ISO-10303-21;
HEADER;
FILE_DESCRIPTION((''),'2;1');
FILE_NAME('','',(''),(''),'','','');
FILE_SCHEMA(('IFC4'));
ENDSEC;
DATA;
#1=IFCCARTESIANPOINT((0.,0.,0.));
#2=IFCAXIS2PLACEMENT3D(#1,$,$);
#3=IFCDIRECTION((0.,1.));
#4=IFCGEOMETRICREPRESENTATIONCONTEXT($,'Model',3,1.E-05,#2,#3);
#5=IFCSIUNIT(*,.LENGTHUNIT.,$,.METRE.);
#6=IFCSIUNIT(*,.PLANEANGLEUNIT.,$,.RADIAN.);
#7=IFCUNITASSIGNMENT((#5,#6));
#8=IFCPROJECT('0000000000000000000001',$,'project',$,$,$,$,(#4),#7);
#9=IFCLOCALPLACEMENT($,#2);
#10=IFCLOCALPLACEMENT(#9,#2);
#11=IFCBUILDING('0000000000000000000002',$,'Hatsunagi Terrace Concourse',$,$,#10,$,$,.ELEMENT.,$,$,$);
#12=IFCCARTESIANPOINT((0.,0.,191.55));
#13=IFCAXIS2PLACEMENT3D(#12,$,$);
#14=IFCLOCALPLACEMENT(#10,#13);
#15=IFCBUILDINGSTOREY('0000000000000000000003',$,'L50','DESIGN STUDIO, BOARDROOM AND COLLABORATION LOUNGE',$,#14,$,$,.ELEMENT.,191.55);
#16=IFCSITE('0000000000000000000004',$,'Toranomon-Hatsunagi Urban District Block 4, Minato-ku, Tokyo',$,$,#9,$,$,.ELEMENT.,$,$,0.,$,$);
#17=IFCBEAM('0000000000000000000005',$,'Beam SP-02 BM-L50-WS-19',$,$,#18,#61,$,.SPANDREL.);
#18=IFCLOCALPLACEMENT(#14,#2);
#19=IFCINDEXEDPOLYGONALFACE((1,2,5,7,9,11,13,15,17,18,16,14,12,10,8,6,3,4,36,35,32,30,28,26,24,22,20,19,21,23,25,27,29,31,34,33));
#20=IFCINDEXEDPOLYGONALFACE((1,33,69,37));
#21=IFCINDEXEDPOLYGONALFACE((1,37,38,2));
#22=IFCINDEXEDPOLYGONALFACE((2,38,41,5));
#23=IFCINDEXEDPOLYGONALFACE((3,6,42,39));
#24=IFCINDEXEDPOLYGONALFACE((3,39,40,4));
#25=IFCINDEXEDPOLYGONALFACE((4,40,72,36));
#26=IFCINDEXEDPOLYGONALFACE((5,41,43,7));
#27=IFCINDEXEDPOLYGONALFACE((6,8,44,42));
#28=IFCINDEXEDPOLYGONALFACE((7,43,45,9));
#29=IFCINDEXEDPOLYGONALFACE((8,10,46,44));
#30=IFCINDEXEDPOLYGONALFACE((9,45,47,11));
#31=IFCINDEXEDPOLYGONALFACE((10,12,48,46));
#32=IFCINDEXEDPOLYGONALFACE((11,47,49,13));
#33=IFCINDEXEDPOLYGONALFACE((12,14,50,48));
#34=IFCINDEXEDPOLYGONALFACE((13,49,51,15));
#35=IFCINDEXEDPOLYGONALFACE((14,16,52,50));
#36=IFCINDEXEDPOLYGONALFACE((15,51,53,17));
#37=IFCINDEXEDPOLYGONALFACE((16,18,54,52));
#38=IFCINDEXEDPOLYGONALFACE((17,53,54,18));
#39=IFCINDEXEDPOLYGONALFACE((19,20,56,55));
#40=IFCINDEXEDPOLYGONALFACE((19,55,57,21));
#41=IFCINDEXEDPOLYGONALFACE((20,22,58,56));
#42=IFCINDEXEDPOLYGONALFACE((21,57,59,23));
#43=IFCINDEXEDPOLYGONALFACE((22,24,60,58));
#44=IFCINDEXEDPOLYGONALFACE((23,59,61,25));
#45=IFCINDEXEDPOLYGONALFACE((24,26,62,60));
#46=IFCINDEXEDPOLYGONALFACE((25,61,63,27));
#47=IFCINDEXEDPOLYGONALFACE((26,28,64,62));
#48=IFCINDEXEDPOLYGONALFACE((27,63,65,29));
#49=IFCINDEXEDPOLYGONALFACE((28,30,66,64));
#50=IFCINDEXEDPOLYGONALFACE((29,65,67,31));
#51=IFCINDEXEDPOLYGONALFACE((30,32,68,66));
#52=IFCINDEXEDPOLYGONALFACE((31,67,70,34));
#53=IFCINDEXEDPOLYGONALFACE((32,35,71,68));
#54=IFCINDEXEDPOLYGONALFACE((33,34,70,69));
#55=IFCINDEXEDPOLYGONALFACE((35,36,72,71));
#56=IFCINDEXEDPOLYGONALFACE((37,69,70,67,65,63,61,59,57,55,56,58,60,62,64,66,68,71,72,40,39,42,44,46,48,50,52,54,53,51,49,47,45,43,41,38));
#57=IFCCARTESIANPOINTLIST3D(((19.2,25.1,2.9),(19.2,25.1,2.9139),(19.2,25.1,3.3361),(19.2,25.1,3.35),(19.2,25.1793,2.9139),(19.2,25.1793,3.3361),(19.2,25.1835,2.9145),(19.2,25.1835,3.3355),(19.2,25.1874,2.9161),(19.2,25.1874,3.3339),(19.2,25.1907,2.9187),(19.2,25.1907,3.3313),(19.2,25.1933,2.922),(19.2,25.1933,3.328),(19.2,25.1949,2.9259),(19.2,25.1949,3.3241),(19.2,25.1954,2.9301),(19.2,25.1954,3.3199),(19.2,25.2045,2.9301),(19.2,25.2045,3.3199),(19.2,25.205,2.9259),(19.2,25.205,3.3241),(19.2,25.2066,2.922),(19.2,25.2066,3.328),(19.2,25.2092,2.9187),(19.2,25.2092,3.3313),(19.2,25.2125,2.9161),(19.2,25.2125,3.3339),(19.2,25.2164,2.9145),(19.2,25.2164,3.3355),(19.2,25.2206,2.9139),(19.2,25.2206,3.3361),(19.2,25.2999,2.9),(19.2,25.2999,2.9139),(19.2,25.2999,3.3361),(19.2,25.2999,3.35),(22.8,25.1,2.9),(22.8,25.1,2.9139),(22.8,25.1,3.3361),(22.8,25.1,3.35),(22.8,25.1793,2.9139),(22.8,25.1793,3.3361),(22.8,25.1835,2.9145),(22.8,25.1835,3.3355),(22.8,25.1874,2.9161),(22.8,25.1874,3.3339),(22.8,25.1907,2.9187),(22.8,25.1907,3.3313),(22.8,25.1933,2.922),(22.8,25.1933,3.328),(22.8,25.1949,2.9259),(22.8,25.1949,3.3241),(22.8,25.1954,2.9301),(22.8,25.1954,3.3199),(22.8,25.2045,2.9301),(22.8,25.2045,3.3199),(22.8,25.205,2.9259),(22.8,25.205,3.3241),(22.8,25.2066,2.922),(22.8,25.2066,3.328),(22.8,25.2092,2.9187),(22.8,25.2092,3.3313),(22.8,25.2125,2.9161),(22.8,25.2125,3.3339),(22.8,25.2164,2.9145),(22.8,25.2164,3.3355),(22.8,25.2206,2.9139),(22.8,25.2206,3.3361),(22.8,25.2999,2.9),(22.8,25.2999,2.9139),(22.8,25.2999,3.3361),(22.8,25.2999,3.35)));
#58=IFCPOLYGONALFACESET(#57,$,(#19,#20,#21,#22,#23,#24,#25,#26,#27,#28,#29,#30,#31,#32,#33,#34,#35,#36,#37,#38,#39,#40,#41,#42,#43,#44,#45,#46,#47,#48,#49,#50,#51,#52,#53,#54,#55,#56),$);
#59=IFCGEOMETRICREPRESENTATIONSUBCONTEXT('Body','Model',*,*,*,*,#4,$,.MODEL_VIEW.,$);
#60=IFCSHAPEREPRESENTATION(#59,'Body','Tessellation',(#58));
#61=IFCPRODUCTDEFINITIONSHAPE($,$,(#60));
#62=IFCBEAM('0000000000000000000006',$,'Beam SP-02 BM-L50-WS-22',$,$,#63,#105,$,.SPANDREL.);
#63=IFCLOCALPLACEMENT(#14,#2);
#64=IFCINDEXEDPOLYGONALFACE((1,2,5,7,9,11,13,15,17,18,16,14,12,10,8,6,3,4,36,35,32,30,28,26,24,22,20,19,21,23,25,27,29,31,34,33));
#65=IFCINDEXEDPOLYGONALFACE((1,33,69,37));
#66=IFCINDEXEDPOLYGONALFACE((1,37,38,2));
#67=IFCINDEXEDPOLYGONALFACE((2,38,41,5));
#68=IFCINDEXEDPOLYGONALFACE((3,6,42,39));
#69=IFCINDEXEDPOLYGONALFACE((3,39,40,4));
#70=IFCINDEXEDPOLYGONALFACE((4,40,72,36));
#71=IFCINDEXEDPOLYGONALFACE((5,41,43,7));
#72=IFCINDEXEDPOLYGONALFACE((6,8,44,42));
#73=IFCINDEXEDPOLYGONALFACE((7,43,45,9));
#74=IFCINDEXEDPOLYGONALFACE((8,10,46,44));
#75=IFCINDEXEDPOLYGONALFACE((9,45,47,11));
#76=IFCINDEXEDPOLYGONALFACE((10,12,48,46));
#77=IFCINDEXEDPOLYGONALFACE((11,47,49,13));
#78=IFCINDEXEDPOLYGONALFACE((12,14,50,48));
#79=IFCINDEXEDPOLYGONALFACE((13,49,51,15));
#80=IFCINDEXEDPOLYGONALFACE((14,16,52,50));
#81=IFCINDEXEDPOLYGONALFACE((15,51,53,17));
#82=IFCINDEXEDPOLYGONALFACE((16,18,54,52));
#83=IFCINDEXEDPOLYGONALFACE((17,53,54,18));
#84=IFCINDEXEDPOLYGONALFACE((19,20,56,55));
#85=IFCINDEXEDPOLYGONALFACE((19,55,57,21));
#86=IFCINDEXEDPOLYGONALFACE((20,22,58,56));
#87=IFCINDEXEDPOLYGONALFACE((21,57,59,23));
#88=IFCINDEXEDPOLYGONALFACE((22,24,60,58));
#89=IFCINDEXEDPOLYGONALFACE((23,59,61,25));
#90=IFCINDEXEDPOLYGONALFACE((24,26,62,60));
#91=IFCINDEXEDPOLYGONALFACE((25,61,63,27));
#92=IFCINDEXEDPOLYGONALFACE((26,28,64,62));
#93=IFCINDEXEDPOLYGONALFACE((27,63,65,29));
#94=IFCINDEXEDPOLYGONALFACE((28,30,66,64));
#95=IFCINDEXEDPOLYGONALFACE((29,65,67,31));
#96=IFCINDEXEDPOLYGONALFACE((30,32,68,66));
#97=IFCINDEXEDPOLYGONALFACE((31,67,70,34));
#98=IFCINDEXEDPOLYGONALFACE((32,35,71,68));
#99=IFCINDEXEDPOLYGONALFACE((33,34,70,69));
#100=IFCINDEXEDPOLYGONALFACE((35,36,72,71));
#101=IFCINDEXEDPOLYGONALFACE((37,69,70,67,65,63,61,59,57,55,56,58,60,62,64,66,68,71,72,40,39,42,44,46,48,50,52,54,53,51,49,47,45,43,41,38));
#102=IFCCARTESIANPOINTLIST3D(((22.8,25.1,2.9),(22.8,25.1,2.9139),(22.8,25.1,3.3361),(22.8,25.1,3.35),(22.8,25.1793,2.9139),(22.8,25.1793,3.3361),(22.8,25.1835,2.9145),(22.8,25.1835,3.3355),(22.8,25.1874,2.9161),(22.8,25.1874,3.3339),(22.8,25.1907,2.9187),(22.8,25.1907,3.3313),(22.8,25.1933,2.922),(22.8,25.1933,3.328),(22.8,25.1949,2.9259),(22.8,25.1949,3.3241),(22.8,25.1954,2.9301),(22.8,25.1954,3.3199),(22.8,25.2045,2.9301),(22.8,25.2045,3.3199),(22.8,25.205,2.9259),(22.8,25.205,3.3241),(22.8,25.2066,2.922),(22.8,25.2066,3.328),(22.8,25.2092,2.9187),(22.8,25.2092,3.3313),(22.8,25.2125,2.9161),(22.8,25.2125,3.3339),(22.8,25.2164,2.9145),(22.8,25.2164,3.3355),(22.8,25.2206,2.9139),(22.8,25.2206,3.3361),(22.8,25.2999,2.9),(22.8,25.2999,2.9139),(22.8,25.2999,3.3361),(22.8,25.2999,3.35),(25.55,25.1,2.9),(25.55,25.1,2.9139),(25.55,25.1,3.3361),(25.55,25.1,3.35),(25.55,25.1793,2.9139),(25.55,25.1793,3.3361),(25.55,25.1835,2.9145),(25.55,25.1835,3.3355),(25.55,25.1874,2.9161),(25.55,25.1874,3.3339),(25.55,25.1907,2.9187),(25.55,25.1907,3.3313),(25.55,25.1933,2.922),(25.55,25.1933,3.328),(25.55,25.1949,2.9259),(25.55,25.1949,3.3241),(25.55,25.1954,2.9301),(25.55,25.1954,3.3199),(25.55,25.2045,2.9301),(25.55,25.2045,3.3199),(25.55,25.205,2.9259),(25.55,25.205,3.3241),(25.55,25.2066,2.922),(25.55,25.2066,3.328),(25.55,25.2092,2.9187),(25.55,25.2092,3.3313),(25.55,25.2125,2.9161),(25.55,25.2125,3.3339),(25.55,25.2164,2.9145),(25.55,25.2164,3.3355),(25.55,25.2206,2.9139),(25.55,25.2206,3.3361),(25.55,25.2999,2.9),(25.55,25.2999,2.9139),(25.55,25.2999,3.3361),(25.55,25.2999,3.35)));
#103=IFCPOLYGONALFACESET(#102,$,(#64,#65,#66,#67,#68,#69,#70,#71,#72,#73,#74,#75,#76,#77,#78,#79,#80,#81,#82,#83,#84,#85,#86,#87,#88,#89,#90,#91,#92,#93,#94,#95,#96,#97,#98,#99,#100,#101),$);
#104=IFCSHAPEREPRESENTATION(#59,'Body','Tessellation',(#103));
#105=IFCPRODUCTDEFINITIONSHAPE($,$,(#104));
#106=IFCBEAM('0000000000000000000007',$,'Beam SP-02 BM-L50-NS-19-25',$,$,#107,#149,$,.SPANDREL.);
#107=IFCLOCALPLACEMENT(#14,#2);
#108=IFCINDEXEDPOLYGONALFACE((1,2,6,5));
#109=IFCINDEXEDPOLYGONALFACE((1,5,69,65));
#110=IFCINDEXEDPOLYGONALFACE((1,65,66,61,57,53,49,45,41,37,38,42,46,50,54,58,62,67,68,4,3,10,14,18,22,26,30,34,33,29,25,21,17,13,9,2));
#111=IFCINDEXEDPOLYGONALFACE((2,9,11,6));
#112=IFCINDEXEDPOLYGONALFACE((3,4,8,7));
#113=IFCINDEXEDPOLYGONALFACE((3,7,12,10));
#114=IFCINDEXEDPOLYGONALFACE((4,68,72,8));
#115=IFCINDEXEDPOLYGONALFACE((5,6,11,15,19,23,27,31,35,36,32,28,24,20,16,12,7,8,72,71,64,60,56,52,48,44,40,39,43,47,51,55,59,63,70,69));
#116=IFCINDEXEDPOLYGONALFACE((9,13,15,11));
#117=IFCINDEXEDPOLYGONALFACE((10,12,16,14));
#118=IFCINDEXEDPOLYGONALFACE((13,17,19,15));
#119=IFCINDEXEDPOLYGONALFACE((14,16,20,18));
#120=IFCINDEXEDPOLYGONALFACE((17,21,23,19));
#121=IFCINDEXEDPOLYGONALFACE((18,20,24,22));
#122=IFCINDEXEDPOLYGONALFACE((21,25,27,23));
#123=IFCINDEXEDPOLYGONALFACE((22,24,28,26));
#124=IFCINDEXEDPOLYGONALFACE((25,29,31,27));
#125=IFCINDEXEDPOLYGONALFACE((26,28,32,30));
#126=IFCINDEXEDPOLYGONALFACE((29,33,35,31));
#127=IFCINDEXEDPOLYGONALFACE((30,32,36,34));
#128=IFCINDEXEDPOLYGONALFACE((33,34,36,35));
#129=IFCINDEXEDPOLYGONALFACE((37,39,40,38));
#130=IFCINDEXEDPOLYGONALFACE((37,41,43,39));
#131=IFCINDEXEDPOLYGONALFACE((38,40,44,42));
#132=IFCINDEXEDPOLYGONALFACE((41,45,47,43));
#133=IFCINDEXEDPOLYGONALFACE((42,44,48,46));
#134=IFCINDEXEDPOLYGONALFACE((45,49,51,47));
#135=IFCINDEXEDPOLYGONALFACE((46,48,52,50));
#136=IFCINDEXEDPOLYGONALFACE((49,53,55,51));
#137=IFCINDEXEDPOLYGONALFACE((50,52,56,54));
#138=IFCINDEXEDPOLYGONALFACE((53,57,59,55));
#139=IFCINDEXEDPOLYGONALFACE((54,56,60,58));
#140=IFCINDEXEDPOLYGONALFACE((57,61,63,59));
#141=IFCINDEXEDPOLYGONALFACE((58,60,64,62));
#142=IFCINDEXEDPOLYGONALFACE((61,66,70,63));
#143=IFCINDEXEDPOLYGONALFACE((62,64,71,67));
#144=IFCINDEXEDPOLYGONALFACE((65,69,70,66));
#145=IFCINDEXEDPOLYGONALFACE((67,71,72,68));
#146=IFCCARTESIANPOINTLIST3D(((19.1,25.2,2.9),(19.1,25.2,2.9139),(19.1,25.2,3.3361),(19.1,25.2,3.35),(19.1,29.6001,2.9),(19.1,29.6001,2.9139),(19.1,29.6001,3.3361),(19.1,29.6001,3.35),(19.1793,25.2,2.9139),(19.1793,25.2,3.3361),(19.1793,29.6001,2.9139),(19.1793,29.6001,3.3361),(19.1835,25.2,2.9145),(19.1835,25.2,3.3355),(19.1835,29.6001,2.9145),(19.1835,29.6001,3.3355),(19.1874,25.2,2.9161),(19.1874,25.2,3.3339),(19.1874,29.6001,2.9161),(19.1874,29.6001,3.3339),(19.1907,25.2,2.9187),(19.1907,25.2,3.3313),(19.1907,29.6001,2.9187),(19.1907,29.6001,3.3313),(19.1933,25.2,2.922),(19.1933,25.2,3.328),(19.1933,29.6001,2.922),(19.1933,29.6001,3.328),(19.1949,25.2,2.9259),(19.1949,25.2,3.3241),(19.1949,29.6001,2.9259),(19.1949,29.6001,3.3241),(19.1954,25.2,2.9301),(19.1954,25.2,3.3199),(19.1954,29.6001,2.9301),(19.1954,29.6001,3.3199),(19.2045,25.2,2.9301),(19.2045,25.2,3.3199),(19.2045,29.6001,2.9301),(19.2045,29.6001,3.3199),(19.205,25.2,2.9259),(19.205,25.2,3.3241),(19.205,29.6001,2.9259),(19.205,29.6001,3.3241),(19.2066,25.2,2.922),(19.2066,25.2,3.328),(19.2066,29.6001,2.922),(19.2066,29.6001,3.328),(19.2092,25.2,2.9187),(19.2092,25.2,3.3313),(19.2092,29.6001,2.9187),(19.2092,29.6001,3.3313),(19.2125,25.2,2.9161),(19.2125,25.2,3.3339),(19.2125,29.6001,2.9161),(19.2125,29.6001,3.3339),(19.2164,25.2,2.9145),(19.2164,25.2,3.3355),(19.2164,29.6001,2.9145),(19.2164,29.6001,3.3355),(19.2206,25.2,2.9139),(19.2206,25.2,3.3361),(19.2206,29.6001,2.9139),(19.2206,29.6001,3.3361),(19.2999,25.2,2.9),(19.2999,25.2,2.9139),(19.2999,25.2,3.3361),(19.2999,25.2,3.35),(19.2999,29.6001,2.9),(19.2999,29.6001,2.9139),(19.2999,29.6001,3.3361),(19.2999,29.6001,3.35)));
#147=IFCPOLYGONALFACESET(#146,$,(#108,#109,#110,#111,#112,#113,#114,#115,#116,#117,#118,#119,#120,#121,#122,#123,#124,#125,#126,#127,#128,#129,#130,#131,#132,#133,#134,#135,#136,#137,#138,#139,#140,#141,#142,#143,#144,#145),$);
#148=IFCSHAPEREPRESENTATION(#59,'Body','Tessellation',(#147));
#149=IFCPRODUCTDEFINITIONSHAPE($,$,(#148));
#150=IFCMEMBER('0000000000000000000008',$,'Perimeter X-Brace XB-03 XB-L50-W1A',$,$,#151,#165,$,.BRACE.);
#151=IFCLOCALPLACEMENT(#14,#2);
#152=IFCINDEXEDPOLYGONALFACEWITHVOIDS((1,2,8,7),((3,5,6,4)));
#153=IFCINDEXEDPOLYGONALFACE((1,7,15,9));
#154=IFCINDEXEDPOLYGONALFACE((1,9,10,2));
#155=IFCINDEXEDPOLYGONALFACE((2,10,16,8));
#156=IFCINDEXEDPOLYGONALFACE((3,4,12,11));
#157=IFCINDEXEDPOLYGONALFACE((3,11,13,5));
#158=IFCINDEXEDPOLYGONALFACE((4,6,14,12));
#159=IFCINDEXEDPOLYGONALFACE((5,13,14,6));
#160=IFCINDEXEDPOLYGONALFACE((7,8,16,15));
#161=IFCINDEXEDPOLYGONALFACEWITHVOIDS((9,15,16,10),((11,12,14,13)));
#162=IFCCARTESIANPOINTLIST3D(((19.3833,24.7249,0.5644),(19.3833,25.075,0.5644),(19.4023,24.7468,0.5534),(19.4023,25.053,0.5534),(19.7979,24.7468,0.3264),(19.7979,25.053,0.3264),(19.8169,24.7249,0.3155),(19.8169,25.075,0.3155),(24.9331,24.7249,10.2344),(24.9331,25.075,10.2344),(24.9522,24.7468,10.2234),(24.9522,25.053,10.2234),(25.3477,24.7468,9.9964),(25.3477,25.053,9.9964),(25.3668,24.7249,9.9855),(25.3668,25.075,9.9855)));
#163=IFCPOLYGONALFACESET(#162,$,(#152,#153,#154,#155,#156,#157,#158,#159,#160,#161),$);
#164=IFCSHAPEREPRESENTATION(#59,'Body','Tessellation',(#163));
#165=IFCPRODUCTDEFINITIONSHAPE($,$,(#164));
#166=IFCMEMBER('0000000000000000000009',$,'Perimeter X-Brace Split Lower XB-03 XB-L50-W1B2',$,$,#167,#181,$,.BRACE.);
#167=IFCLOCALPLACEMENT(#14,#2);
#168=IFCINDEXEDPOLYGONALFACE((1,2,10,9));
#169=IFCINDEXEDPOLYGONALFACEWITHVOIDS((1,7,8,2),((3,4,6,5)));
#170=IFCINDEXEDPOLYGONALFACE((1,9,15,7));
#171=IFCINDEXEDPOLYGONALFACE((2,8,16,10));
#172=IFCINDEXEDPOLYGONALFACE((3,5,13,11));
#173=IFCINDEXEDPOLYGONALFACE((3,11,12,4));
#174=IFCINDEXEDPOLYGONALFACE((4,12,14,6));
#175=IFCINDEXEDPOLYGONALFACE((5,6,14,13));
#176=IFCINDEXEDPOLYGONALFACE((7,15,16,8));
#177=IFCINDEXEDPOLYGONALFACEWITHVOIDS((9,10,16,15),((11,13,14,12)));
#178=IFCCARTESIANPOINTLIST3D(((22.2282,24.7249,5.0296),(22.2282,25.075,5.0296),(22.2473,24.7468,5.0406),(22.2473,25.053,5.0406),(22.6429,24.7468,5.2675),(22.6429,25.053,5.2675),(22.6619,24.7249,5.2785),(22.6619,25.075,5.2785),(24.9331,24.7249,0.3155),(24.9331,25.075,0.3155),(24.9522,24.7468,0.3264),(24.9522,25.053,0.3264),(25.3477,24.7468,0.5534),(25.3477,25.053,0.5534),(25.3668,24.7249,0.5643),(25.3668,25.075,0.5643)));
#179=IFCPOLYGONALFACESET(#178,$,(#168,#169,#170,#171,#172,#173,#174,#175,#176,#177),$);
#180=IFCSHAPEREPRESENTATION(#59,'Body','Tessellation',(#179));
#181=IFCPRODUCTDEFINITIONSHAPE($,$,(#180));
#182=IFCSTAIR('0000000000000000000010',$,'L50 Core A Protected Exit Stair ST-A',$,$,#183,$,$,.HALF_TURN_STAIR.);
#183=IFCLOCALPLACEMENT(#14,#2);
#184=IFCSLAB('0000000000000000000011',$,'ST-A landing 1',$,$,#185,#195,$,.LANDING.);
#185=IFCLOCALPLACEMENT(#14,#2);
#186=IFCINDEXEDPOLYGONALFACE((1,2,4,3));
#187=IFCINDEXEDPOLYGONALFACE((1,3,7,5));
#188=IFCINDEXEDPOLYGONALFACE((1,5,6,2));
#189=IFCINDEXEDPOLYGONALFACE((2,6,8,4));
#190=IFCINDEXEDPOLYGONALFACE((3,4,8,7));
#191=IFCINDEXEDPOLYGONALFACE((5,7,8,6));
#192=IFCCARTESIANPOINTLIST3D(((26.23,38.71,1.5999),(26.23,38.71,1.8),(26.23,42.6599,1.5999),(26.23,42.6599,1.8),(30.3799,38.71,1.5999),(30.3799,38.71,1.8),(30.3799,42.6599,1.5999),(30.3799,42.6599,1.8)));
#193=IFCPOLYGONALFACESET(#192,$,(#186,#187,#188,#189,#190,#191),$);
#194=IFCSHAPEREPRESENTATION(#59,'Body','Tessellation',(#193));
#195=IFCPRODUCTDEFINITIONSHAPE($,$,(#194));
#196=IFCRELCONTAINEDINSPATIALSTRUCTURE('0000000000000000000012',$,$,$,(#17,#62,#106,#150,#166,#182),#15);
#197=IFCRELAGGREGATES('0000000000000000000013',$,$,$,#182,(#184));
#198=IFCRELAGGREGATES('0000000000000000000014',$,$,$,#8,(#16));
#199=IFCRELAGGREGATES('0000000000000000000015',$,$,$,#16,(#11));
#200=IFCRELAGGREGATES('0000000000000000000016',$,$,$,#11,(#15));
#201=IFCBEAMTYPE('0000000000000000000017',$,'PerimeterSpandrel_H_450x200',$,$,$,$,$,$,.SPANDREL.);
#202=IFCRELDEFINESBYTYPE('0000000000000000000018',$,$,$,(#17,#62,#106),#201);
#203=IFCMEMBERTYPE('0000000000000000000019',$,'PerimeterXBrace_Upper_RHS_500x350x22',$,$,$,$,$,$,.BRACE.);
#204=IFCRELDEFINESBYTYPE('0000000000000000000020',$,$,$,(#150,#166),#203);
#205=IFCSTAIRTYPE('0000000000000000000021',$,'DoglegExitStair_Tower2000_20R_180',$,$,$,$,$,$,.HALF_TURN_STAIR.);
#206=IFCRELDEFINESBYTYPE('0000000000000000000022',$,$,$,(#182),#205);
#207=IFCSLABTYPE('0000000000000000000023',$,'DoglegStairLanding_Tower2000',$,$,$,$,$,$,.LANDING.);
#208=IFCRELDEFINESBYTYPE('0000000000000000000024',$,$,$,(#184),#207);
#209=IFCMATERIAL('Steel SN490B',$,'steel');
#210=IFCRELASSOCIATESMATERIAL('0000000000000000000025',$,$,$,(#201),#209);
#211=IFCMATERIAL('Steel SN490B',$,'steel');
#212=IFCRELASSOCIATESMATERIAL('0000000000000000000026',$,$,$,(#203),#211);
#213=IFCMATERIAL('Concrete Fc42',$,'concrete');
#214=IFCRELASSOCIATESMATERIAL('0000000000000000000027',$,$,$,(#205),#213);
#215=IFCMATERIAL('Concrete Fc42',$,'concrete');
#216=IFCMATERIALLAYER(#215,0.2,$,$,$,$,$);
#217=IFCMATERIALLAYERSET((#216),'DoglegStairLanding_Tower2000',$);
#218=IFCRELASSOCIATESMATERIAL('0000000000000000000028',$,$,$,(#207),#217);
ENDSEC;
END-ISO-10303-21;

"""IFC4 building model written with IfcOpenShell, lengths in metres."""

from ifc_helpers import new_model, si_unit, direction, frame, origin, origin_2d, place, context, subcontext, project, spatial, polyline, hollow_rectangle, i_section, outline, extrude, material, layer, layer_set, material_profile, profile_set, type_object, element, aggregate, save


model = new_model("IFC4")

# Units and contexts
model_context = context("Model", 3, precision=1e-05, world=origin(), true_north=direction((0.0, 1.0)))
body_context = subcontext(model_context, "Body", "Model", "MODEL_VIEW")
ifc_project = project(units=[si_unit("LENGTHUNIT", "METRE"), si_unit("PLANEANGLEUNIT", "RADIAN")], contexts=[model_context])

# Site, building, storey
site_placement = place(None, origin())
site = spatial("IfcSite", under=ifc_project, at=site_placement, Name="Toranomon-Hatsunagi Urban District Block 4, Minato-ku, Tokyo", CompositionType="ELEMENT", RefElevation=0.0)
building_placement = place(site_placement, origin())
building = spatial("IfcBuilding", under=site, at=building_placement, Name="Hatsunagi Terrace Concourse", CompositionType="ELEMENT")
storey_placement = place(building_placement, frame((0.0, 0.0, 191.55)))
storey = spatial("IfcBuildingStorey", under=building, at=storey_placement, Name="L50", Description="DESIGN STUDIO, BOARDROOM AND COLLABORATION LOUNGE", CompositionType="ELEMENT", Elevation=191.55)

# Beams
ifc_material_1 = material(Name="Steel SN490B", Category="steel")
ifc_material_profile_1 = material_profile(ifc_material_1, i_section(OverallWidth=0.2, OverallDepth=0.45, WebThickness=0.009, FlangeThickness=0.0139, FilletRadius=0.0161, at=origin_2d()), Name="H-450x200x9x14")
ifc_profile_set_1 = profile_set([ifc_material_profile_1], Name="Steel SN490B")
beam_type_1 = type_object("IfcBeamType", Name="PerimeterSpandrel_H_450x200", PredefinedType="SPANDREL", material=ifc_profile_set_1)
beam_1_placement = place(storey_placement, frame((19.2, 25.2, 3.125), z_axis=(1.0, 0.0, 0.0), x_axis=(0.0, 1.0, 0.0)))
element("IfcBeam", 1, at=beam_1_placement, inside=storey, type_object=beam_type_1, Name="Beam SP-02 BM-L50-WS-19", PredefinedType="SPANDREL", context=body_context, shape_type="SweptSolid", body=[
    extrude(i_section(OverallWidth=0.2, OverallDepth=0.45, WebThickness=0.009, FlangeThickness=0.0139, FilletRadius=0.0161, at=origin_2d()), origin(), (0.0, 0.0, 1.0), 3.6001),
])
beam_2_placement = place(storey_placement, frame((22.8, 25.2, 3.125), z_axis=(1.0, 0.0, 0.0), x_axis=(0.0, 1.0, 0.0)))
element("IfcBeam", 2, at=beam_2_placement, inside=storey, type_object=beam_type_1, Name="Beam SP-02 BM-L50-WS-22", PredefinedType="SPANDREL", context=body_context, shape_type="SweptSolid", body=[
    extrude(i_section(OverallWidth=0.2, OverallDepth=0.45, WebThickness=0.009, FlangeThickness=0.0139, FilletRadius=0.0161, at=origin_2d()), origin(), (0.0, 0.0, 1.0), 2.75),
])
beam_3_placement = place(storey_placement, frame((19.2, 25.2, 3.125), z_axis=(0.0, 1.0, 0.0), x_axis=(-1.0, 0.0, 0.0)))
element("IfcBeam", 3, at=beam_3_placement, inside=storey, type_object=beam_type_1, Name="Beam SP-02 BM-L50-NS-19-25", PredefinedType="SPANDREL", context=body_context, shape_type="SweptSolid", body=[
    extrude(i_section(OverallWidth=0.2, OverallDepth=0.45, WebThickness=0.009, FlangeThickness=0.0139, FilletRadius=0.0161, at=origin_2d()), origin(), (0.0, 0.0, 1.0), 4.4001),
])

# Members
ifc_material_2 = material(Name="Steel SN490B", Category="steel")
ifc_material_profile_2 = material_profile(ifc_material_2, hollow_rectangle(XDim=0.3501, YDim=0.5, WallThickness=0.022, at=origin_2d()), Name="RHS-500x350x22")
ifc_profile_set_2 = profile_set([ifc_material_profile_2], Name="Steel SN490B")
member_type = type_object("IfcMemberType", Name="PerimeterXBrace_Upper_RHS_500x350x22", PredefinedType="BRACE", material=ifc_profile_set_2)
member_1_placement = place(storey_placement, frame((19.6001, 24.8999, 0.4399), z_axis=(0.49777, 0.0, 0.867309), x_axis=(0.0, 1.0, 0.0)))
element("IfcMember", 4, at=member_1_placement, inside=storey, type_object=member_type, Name="Perimeter X-Brace XB-03 XB-L50-W1A", PredefinedType="BRACE", context=body_context, shape_type="SweptSolid", body=[
    extrude(hollow_rectangle(XDim=0.3501, YDim=0.5, WallThickness=0.022, at=origin_2d()), origin(), (0.0, 0.0, 1.0), 11.1494),
])
member_2_placement = place(storey_placement, frame((22.4451, 24.8999, 5.1541), z_axis=(0.497672, 0.0, -0.867365), x_axis=(0.0, 1.0, 0.0)))
element("IfcMember", 5, at=member_2_placement, inside=storey, type_object=member_type, Name="Perimeter X-Brace Split Lower XB-03 XB-L50-W1B2", PredefinedType="BRACE", context=body_context, shape_type="SweptSolid", body=[
    extrude(hollow_rectangle(XDim=0.3501, YDim=0.5, WallThickness=0.022, at=origin_2d()), origin(), (0.0, 0.0, 1.0), 5.4351),
])

# Stair, slab
ifc_material_3 = material(Name="Concrete Fc42", Category="concrete")
stair_type = type_object("IfcStairType", Name="DoglegExitStair_Tower2000_20R_180", PredefinedType="HALF_TURN_STAIR", material=ifc_material_3)
stair_1_placement = place(storey_placement, origin())
stair_1 = element("IfcStair", 6, at=stair_1_placement, inside=storey, type_object=stair_type, Name="L50 Core A Protected Exit Stair ST-A", PredefinedType="HALF_TURN_STAIR")
ifc_material_4 = material(Name="Concrete Fc42", Category="concrete")
ifc_layer_1 = layer(ifc_material_4, 0.2)
ifc_layer_set_1 = layer_set([ifc_layer_1], Name="DoglegStairLanding_Tower2000")
slab_type_1 = type_object("IfcSlabType", Name="DoglegStairLanding_Tower2000", PredefinedType="LANDING", material=ifc_layer_set_1)
slab_1_placement = place(storey_placement, frame((0.0, 0.0, 1.5999)))
slab_1 = element("IfcSlab", 7, at=slab_1_placement, type_object=slab_type_1, Name="ST-A landing 1", PredefinedType="LANDING", context=body_context, shape_type="SweptSolid", body=[
    extrude(outline(polyline([(30.3799, 38.71), (30.3799, 42.6599), (26.23, 42.6599), (26.23, 38.71), (30.3799, 38.71)])), origin(), (0.0, 0.0, 1.0), 0.2002),
])
aggregate(stair_1, [slab_1])

save(model, "model.ifc")
